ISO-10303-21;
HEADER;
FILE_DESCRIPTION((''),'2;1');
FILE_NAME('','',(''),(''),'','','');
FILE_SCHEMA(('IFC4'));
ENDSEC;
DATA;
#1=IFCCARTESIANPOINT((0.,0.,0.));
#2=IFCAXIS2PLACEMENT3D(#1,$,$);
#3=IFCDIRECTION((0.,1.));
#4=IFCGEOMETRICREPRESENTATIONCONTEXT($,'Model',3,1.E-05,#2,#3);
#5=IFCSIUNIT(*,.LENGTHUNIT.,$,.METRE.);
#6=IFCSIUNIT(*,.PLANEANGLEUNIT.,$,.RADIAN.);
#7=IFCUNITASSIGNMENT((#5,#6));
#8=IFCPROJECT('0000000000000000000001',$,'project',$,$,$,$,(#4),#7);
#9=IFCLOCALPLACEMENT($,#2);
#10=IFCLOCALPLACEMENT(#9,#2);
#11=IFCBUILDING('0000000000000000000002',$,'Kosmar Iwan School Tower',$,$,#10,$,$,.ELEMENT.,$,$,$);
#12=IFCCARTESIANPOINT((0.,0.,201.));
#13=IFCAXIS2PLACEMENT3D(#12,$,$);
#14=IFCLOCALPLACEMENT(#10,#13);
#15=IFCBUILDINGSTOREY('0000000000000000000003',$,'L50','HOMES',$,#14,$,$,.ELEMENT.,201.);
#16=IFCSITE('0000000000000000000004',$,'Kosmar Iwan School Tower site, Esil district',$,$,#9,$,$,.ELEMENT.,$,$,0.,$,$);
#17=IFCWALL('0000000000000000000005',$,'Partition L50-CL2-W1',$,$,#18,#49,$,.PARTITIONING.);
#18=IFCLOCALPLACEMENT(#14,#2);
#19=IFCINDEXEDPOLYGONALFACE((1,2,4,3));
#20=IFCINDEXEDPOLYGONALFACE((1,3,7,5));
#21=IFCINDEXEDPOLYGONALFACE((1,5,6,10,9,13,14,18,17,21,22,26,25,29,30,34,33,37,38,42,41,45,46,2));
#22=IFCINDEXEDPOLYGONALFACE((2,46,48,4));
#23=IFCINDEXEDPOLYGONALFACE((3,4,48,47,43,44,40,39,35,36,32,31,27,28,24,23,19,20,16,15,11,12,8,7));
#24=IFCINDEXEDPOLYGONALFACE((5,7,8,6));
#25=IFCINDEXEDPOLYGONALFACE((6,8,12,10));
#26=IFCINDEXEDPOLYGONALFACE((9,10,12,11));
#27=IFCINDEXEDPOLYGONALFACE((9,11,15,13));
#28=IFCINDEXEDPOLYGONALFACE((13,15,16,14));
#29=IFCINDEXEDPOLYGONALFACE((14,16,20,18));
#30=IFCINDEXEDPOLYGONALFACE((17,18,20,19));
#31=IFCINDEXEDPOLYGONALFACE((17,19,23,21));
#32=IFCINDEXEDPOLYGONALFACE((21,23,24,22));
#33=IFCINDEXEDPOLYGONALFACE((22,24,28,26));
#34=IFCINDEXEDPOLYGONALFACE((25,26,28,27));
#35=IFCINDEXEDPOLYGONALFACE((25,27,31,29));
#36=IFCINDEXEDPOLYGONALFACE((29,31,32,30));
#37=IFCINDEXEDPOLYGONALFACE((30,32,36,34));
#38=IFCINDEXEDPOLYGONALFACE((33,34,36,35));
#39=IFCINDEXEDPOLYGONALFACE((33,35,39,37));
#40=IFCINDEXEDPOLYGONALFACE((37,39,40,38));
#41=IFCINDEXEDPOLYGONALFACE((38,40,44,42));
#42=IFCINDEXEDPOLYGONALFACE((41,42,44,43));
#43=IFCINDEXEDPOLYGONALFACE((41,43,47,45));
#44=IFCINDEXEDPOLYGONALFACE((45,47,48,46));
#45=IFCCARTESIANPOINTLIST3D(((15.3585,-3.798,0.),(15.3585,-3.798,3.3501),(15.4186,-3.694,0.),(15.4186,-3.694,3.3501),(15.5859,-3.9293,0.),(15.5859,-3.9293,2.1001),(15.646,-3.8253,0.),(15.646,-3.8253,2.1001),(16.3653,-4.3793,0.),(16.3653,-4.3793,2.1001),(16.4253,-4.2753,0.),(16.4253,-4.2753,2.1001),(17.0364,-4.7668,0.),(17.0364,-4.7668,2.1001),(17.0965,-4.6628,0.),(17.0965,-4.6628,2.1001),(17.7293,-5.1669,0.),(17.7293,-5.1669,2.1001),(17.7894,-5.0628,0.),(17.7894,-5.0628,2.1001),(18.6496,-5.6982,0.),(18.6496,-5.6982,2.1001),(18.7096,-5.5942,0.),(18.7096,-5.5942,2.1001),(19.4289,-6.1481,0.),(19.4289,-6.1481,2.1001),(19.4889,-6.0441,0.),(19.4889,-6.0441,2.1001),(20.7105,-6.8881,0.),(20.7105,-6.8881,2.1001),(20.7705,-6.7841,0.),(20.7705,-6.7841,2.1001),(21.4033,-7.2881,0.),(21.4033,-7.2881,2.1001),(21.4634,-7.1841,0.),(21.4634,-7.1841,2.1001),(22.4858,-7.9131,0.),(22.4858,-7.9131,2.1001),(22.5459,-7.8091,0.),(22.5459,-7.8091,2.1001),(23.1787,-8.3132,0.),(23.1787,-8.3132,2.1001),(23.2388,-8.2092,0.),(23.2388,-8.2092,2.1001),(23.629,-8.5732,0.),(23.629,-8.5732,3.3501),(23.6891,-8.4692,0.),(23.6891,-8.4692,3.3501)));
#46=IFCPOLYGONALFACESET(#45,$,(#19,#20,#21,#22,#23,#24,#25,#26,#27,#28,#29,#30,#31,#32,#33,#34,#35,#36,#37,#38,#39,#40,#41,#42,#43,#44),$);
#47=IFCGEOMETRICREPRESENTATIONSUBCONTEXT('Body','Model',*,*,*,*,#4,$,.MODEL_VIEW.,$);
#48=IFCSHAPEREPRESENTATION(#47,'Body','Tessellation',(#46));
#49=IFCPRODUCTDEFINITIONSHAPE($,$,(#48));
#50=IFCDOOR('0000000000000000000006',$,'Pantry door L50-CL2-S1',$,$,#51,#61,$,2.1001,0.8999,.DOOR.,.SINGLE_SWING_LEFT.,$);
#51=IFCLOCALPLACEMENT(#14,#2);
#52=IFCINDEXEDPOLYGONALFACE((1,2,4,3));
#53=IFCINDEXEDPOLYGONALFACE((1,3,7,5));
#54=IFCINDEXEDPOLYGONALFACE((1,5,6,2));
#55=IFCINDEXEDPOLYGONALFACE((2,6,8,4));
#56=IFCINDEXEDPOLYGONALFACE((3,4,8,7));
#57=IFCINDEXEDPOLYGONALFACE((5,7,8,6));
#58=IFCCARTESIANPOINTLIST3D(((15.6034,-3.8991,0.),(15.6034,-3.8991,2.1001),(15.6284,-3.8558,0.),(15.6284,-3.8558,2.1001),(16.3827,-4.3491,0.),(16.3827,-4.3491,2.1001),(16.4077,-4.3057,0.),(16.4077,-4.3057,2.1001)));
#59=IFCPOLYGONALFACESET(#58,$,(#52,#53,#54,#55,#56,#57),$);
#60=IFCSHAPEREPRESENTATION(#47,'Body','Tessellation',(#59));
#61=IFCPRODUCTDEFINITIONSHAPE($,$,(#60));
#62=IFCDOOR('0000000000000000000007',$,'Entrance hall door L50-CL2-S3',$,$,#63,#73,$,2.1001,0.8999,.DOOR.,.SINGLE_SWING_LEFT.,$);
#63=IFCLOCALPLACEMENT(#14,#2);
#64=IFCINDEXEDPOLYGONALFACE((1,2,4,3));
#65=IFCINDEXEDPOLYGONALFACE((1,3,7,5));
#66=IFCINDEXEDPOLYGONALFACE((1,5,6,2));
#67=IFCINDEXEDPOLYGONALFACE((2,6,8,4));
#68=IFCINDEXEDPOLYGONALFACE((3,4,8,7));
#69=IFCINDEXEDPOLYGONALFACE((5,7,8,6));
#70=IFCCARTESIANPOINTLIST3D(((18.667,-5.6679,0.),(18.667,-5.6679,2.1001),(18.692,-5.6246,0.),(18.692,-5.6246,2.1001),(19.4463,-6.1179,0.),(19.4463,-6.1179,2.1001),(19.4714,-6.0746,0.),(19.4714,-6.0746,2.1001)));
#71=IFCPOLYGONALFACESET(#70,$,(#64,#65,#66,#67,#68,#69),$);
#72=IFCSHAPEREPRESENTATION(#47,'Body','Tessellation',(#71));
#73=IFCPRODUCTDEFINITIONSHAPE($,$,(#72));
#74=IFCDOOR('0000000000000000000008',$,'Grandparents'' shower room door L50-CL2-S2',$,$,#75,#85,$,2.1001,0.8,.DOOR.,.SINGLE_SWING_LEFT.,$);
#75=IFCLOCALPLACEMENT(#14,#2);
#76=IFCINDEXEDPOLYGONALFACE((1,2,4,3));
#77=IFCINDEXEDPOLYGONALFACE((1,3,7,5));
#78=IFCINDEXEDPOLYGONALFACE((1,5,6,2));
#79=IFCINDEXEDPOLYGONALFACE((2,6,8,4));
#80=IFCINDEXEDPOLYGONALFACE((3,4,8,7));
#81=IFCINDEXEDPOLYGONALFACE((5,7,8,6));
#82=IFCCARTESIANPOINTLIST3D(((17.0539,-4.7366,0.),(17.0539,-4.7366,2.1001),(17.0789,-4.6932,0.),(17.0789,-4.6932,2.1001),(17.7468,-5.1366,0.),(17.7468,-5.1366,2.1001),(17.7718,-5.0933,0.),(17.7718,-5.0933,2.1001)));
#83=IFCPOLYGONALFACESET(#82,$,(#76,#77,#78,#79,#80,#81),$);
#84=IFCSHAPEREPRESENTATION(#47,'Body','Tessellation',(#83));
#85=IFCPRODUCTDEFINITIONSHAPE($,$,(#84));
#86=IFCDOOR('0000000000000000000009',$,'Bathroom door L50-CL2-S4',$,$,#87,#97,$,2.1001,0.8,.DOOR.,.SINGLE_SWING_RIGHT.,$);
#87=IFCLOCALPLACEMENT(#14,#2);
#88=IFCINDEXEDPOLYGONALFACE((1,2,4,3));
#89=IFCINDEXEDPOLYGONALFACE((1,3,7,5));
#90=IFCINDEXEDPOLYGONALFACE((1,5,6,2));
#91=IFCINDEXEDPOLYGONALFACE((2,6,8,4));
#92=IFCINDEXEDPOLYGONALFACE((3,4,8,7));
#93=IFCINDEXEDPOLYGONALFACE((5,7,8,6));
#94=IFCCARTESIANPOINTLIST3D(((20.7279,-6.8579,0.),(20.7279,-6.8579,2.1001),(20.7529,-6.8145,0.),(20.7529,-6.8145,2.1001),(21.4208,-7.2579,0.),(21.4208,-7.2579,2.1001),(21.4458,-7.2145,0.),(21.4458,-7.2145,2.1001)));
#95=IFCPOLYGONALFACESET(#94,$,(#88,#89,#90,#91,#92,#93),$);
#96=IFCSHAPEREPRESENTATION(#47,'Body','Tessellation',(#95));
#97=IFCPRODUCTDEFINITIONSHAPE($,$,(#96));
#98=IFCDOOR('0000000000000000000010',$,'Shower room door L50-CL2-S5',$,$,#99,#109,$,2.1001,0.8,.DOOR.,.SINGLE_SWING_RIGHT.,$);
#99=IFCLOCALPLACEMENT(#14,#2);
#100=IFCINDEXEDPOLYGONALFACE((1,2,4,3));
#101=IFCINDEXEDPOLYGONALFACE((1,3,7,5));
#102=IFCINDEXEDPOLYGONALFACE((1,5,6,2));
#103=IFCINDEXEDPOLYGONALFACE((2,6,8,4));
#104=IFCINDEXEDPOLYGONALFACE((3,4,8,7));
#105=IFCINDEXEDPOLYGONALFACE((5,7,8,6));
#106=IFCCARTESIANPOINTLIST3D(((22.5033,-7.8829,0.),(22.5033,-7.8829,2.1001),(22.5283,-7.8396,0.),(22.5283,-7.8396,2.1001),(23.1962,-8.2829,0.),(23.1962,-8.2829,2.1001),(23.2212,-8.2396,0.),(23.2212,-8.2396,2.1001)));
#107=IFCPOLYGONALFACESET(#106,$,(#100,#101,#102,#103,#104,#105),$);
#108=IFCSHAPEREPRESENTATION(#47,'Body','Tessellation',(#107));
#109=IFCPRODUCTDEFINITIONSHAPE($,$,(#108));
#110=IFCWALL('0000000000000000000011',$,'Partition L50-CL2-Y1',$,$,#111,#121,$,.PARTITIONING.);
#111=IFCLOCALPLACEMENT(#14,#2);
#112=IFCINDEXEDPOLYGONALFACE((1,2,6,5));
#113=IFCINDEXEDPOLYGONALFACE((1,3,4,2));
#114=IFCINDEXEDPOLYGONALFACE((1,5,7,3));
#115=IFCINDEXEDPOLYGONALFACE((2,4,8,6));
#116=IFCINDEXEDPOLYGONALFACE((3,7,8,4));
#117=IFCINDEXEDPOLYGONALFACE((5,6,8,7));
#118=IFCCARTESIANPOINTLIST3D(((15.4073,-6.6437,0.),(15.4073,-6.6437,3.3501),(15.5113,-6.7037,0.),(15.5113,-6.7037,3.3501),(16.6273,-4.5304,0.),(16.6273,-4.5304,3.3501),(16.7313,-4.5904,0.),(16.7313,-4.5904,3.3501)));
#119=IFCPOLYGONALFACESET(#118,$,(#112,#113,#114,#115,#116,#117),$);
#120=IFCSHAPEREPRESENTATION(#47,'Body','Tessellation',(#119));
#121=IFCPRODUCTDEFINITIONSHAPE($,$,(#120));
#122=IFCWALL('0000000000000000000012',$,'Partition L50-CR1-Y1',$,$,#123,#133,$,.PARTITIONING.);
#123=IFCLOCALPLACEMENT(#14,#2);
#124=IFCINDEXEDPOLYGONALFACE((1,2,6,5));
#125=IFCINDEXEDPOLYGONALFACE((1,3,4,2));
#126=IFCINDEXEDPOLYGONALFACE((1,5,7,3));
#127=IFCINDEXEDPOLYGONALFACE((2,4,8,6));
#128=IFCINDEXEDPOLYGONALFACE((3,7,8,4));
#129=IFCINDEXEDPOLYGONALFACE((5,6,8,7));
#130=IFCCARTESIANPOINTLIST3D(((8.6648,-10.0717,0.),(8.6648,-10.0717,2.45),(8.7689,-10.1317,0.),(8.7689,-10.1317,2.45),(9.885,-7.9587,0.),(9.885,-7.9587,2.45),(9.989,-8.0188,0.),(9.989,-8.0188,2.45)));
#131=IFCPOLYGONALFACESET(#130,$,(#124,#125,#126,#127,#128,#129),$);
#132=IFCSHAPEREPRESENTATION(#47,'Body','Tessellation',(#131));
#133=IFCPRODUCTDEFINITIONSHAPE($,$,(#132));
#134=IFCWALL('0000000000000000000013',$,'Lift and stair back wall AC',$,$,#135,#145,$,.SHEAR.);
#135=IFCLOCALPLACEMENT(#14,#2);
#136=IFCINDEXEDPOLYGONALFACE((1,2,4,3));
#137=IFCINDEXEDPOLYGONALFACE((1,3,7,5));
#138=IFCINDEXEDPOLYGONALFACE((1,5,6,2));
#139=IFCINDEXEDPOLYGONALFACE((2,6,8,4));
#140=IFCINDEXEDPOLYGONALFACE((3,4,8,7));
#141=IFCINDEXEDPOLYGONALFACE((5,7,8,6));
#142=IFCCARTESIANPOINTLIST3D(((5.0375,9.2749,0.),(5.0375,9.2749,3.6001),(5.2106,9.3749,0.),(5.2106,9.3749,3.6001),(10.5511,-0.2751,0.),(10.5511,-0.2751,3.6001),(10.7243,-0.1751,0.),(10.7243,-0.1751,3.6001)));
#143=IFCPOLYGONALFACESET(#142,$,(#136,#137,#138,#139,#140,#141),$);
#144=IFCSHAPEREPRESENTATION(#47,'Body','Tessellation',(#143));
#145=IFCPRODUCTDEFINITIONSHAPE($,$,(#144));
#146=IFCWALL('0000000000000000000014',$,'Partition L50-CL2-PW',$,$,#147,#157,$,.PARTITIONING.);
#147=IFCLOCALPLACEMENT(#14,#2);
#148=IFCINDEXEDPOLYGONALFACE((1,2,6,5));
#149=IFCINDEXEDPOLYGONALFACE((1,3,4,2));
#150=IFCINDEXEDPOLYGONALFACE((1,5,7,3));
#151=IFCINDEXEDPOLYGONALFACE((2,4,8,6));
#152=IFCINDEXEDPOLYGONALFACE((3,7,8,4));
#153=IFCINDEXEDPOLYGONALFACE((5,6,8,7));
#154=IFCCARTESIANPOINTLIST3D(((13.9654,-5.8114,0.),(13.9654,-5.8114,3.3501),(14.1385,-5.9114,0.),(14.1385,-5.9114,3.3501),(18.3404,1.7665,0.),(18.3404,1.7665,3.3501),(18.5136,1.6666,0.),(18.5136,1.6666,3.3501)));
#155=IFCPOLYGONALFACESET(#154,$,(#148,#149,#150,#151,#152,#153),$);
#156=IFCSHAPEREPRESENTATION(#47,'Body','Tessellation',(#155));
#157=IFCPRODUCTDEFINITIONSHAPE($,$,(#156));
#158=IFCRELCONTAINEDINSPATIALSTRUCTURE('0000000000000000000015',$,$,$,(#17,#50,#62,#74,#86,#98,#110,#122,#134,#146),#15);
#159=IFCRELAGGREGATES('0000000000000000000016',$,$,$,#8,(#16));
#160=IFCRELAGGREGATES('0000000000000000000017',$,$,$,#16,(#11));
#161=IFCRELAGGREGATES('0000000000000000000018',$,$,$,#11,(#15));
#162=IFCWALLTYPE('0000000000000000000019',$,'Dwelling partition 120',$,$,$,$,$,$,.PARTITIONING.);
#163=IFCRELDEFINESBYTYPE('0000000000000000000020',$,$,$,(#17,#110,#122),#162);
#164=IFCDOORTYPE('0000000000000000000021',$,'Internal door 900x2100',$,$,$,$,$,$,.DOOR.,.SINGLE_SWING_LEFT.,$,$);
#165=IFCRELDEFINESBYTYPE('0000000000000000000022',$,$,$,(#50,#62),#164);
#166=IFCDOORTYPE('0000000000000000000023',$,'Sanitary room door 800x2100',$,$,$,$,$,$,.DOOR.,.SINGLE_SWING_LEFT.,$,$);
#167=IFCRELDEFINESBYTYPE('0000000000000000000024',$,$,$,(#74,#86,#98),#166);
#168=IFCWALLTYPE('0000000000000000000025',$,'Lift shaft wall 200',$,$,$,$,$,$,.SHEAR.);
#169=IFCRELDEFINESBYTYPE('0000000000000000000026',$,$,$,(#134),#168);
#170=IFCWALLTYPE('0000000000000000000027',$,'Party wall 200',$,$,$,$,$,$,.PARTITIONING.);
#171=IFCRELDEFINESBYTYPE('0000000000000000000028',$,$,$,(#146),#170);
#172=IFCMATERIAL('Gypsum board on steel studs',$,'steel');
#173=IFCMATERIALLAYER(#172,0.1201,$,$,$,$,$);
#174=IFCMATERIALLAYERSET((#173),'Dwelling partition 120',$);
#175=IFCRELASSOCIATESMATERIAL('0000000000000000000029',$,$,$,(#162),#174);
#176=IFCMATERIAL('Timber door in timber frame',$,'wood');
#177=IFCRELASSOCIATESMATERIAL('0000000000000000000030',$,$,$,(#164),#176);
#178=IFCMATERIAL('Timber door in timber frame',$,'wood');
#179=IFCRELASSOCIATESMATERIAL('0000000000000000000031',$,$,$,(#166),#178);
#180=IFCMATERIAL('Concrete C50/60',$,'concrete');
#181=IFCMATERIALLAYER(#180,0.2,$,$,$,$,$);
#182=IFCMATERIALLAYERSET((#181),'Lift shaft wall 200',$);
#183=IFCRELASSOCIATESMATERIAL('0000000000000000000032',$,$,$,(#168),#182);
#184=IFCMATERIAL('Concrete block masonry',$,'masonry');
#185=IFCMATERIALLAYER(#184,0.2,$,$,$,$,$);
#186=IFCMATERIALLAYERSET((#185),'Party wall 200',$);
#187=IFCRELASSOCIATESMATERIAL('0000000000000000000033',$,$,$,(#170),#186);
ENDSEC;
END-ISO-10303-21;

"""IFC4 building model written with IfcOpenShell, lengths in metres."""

from ifc_helpers import new_model, si_unit, direction, frame, frame_2d, origin, place, context, subcontext, project, spatial, rectangle, extrude, material, layer, layer_set, type_object, element, fill, save


model = new_model("IFC4")

# Units and contexts
model_context = context("Model", 3, precision=1e-05, world=origin(), true_north=direction((0.0, 1.0)))
body_context = subcontext(model_context, "Body", "Model", "MODEL_VIEW")
ifc_project = project(units=[si_unit("LENGTHUNIT", "METRE"), si_unit("PLANEANGLEUNIT", "RADIAN")], contexts=[model_context])

# Site, building, storey
site_placement = place(None, origin())
site = spatial("IfcSite", under=ifc_project, at=site_placement, Name="Kosmar Iwan School Tower site, Esil district", CompositionType="ELEMENT", RefElevation=0.0)
building_placement = place(site_placement, origin())
building = spatial("IfcBuilding", under=site, at=building_placement, Name="Kosmar Iwan School Tower", CompositionType="ELEMENT")
storey_placement = place(building_placement, frame((0.0, 0.0, 201.0)))
storey = spatial("IfcBuildingStorey", under=building, at=storey_placement, Name="L50", Description="HOMES", CompositionType="ELEMENT", Elevation=201.0)

# Shared definitions
ifc_material_1 = material(Name="Gypsum board on steel studs", Category="steel")
ifc_layer_1 = layer(ifc_material_1, 0.1201)
ifc_layer_set_1 = layer_set([ifc_layer_1], Name="Dwelling partition 120")
wall_type_1 = type_object("IfcWallType", Name="Dwelling partition 120", PredefinedType="PARTITIONING", material=ifc_layer_set_1)
ifc_material_2 = material(Name="Timber door in timber frame", Category="wood")
door_type_1 = type_object("IfcDoorType", Name="Internal door 900x2100", OperationType="SINGLE_SWING_LEFT", PredefinedType="DOOR", material=ifc_material_2)
ifc_material_3 = material(Name="Timber door in timber frame", Category="wood")
door_type_2 = type_object("IfcDoorType", Name="Sanitary room door 800x2100", OperationType="SINGLE_SWING_LEFT", PredefinedType="DOOR", material=ifc_material_3)

# Wall, openings, doors
wall_1_placement = place(storey_placement, frame((15.3887, -3.7461, 0.0), z_axis=(0.0, 0.0, 1.0), x_axis=(0.866018, -0.500013, 0.0)))
wall_1 = element("IfcWall", 1, at=wall_1_placement, inside=storey, type_object=wall_type_1, Name="Partition L50-CL2-W1", PredefinedType="PARTITIONING", context=body_context, shape_type="SweptSolid", body=[
    extrude(rectangle(XDim=9.55, YDim=0.1201, at=frame_2d((4.7749, 0.0))), origin(), (0.0, 0.0, 1.0), 3.3501),
])
opening_1_placement = place(wall_1_placement, frame((0.2625, 0.0, 0.0)))
opening_1 = element("IfcOpeningElement", 2, at=opening_1_placement, cuts=wall_1, PredefinedType="OPENING", context=body_context, shape_type="SweptSolid", body=[
    extrude(rectangle(XDim=0.8999, YDim=2.1001, at=frame_2d((0.45, 1.05))), frame((0.0, 0.072, 0.0), z_axis=(0.0, -1.0, 0.0), x_axis=(1.0, 0.0, 0.0)), (0.0, 0.0, 1.0), 0.144),
])
opening_2_placement = place(wall_1_placement, frame((1.9375, 0.0, 0.0)))
opening_2 = element("IfcOpeningElement", 3, at=opening_2_placement, cuts=wall_1, PredefinedType="OPENING", context=body_context, shape_type="SweptSolid", body=[
    extrude(rectangle(XDim=0.8, YDim=2.1001, at=frame_2d((0.3999, 1.05))), frame((0.0, 0.072, 0.0), z_axis=(0.0, -1.0, 0.0), x_axis=(1.0, 0.0, 0.0)), (0.0, 0.0, 1.0), 0.144),
])
opening_3_placement = place(wall_1_placement, frame((3.8, 0.0, 0.0)))
opening_3 = element("IfcOpeningElement", 4, at=opening_3_placement, cuts=wall_1, PredefinedType="OPENING", context=body_context, shape_type="SweptSolid", body=[
    extrude(rectangle(XDim=0.8999, YDim=2.1001, at=frame_2d((0.45, 1.05))), frame((0.0, 0.072, 0.0), z_axis=(0.0, -1.0, 0.0), x_axis=(1.0, 0.0, 0.0)), (0.0, 0.0, 1.0), 0.144),
])
opening_4_placement = place(wall_1_placement, frame((6.1799, 0.0, 0.0)))
opening_4 = element("IfcOpeningElement", 5, at=opening_4_placement, cuts=wall_1, PredefinedType="OPENING", context=body_context, shape_type="SweptSolid", body=[
    extrude(rectangle(XDim=0.8, YDim=2.1001, at=frame_2d((0.3999, 1.05))), frame((0.0, 0.072, 0.0), z_axis=(0.0, -1.0, 0.0), x_axis=(1.0, 0.0, 0.0)), (0.0, 0.0, 1.0), 0.144),
])
opening_5_placement = place(wall_1_placement, frame((8.23, 0.0, 0.0)))
opening_5 = element("IfcOpeningElement", 6, at=opening_5_placement, cuts=wall_1, PredefinedType="OPENING", context=body_context, shape_type="SweptSolid", body=[
    extrude(rectangle(XDim=0.8, YDim=2.1001, at=frame_2d((0.3999, 1.05))), frame((0.0, 0.072, 0.0), z_axis=(0.0, -1.0, 0.0), x_axis=(1.0, 0.0, 0.0)), (0.0, 0.0, 1.0), 0.144),
])
door_1_placement = place(opening_1_placement, origin())
door_1 = element("IfcDoor", 7, at=door_1_placement, inside=storey, type_object=door_type_1, Name="Pantry door L50-CL2-S1", OperationType="SINGLE_SWING_LEFT", OverallHeight=2.1001, OverallWidth=0.8999, PredefinedType="DOOR", context=body_context, shape_type="SweptSolid", body=[
    extrude(rectangle(XDim=0.8999, YDim=2.1001, at=frame_2d((0.45, 1.05))), frame((0.0, 0.0249, 0.0), z_axis=(0.0, -1.0, 0.0), x_axis=(1.0, 0.0, 0.0)), (0.0, 0.0, 1.0), 0.05),
])
fill(opening_1, door_1)
door_2_placement = place(opening_3_placement, origin())
door_2 = element("IfcDoor", 8, at=door_2_placement, inside=storey, type_object=door_type_1, Name="Entrance hall door L50-CL2-S3", OperationType="SINGLE_SWING_LEFT", OverallHeight=2.1001, OverallWidth=0.8999, PredefinedType="DOOR", context=body_context, shape_type="SweptSolid", body=[
    extrude(rectangle(XDim=0.8999, YDim=2.1001, at=frame_2d((0.45, 1.05))), frame((0.0, 0.0249, 0.0), z_axis=(0.0, -1.0, 0.0), x_axis=(1.0, 0.0, 0.0)), (0.0, 0.0, 1.0), 0.05),
])
fill(opening_3, door_2)
door_3_placement = place(opening_2_placement, origin())
door_3 = element("IfcDoor", 9, at=door_3_placement, inside=storey, type_object=door_type_2, Name="Grandparents' shower room door L50-CL2-S2", OperationType="SINGLE_SWING_LEFT", OverallHeight=2.1001, OverallWidth=0.8, PredefinedType="DOOR", context=body_context, shape_type="SweptSolid", body=[
    extrude(rectangle(XDim=0.8, YDim=2.1001, at=frame_2d((0.3999, 1.05))), frame((0.0, 0.0249, 0.0), z_axis=(0.0, -1.0, 0.0), x_axis=(1.0, 0.0, 0.0)), (0.0, 0.0, 1.0), 0.05),
])
fill(opening_2, door_3)
door_4_placement = place(opening_4_placement, origin())
door_4 = element("IfcDoor", 10, at=door_4_placement, inside=storey, type_object=door_type_2, Name="Bathroom door L50-CL2-S4", OperationType="SINGLE_SWING_RIGHT", OverallHeight=2.1001, OverallWidth=0.8, PredefinedType="DOOR", context=body_context, shape_type="SweptSolid", body=[
    extrude(rectangle(XDim=0.8, YDim=2.1001, at=frame_2d((0.3999, 1.05))), frame((0.0, 0.0249, 0.0), z_axis=(0.0, -1.0, 0.0), x_axis=(1.0, 0.0, 0.0)), (0.0, 0.0, 1.0), 0.05),
])
fill(opening_4, door_4)
door_5_placement = place(opening_5_placement, origin())
door_5 = element("IfcDoor", 11, at=door_5_placement, inside=storey, type_object=door_type_2, Name="Shower room door L50-CL2-S5", OperationType="SINGLE_SWING_RIGHT", OverallHeight=2.1001, OverallWidth=0.8, PredefinedType="DOOR", context=body_context, shape_type="SweptSolid", body=[
    extrude(rectangle(XDim=0.8, YDim=2.1001, at=frame_2d((0.3999, 1.05))), frame((0.0, 0.0249, 0.0), z_axis=(0.0, -1.0, 0.0), x_axis=(1.0, 0.0, 0.0)), (0.0, 0.0, 1.0), 0.05),
])
fill(opening_5, door_5)

# Walls
wall_2_placement = place(storey_placement, frame((15.4592, -6.6738, 0.0), z_axis=(0.0, 0.0, 1.0), x_axis=(0.499959, 0.866049, 0.0)))
element("IfcWall", 12, at=wall_2_placement, inside=storey, type_object=wall_type_1, Name="Partition L50-CL2-Y1", PredefinedType="PARTITIONING", context=body_context, shape_type="SweptSolid", body=[
    extrude(rectangle(XDim=2.4402, YDim=0.1201, at=frame_2d((1.2202, 0.0))), origin(), (0.0, 0.0, 1.0), 3.3501),
])
wall_3_placement = place(storey_placement, frame((9.937, -7.9888, 0.0), z_axis=(0.0, 0.0, 1.0), x_axis=(-0.500078, -0.865981, 0.0)))
element("IfcWall", 13, at=wall_3_placement, inside=storey, type_object=wall_type_1, Name="Partition L50-CR1-Y1", PredefinedType="PARTITIONING", context=body_context, shape_type="SweptSolid", body=[
    extrude(rectangle(XDim=2.4399, YDim=0.1201, at=frame_2d((1.22, 0.0))), origin(), (0.0, 0.0, 1.0), 2.45),
])
ifc_material_4 = material(Name="Concrete C50/60", Category="concrete")
ifc_layer_2 = layer(ifc_material_4, 0.2)
ifc_layer_set_2 = layer_set([ifc_layer_2], Name="Lift shaft wall 200")
wall_type_2 = type_object("IfcWallType", Name="Lift shaft wall 200", PredefinedType="SHEAR", material=ifc_layer_set_2)
wall_4_placement = place(storey_placement, frame((10.6377, -0.2251, 0.0), z_axis=(0.0, 0.0, 1.0), x_axis=(-0.499997, 0.866027, 0.0)))
element("IfcWall", 14, at=wall_4_placement, inside=storey, type_object=wall_type_2, Name="Lift and stair back wall AC", PredefinedType="SHEAR", context=body_context, shape_type="SweptSolid", body=[
    extrude(rectangle(XDim=11.0273, YDim=0.2, at=frame_2d((5.5137, 0.0))), origin(), (0.0, 0.0, 1.0), 3.6001),
])
ifc_material_5 = material(Name="Concrete block masonry", Category="masonry")
ifc_layer_3 = layer(ifc_material_5, 0.2)
ifc_layer_set_3 = layer_set([ifc_layer_3], Name="Party wall 200")
wall_type_3 = type_object("IfcWallType", Name="Party wall 200", PredefinedType="PARTITIONING", material=ifc_layer_set_3)
wall_5_placement = place(storey_placement, frame((14.052, -5.8613, 0.0), z_axis=(0.0, 0.0, 1.0), x_axis=(0.499992, 0.86603, 0.0)))
element("IfcWall", 15, at=wall_5_placement, inside=storey, type_object=wall_type_3, Name="Partition L50-CL2-PW", PredefinedType="PARTITIONING", context=body_context, shape_type="SweptSolid", body=[
    extrude(rectangle(XDim=8.7502, YDim=0.2, at=frame_2d((4.375, 0.0))), origin(), (0.0, 0.0, 1.0), 3.3501),
])

save(model, "model.ifc")
